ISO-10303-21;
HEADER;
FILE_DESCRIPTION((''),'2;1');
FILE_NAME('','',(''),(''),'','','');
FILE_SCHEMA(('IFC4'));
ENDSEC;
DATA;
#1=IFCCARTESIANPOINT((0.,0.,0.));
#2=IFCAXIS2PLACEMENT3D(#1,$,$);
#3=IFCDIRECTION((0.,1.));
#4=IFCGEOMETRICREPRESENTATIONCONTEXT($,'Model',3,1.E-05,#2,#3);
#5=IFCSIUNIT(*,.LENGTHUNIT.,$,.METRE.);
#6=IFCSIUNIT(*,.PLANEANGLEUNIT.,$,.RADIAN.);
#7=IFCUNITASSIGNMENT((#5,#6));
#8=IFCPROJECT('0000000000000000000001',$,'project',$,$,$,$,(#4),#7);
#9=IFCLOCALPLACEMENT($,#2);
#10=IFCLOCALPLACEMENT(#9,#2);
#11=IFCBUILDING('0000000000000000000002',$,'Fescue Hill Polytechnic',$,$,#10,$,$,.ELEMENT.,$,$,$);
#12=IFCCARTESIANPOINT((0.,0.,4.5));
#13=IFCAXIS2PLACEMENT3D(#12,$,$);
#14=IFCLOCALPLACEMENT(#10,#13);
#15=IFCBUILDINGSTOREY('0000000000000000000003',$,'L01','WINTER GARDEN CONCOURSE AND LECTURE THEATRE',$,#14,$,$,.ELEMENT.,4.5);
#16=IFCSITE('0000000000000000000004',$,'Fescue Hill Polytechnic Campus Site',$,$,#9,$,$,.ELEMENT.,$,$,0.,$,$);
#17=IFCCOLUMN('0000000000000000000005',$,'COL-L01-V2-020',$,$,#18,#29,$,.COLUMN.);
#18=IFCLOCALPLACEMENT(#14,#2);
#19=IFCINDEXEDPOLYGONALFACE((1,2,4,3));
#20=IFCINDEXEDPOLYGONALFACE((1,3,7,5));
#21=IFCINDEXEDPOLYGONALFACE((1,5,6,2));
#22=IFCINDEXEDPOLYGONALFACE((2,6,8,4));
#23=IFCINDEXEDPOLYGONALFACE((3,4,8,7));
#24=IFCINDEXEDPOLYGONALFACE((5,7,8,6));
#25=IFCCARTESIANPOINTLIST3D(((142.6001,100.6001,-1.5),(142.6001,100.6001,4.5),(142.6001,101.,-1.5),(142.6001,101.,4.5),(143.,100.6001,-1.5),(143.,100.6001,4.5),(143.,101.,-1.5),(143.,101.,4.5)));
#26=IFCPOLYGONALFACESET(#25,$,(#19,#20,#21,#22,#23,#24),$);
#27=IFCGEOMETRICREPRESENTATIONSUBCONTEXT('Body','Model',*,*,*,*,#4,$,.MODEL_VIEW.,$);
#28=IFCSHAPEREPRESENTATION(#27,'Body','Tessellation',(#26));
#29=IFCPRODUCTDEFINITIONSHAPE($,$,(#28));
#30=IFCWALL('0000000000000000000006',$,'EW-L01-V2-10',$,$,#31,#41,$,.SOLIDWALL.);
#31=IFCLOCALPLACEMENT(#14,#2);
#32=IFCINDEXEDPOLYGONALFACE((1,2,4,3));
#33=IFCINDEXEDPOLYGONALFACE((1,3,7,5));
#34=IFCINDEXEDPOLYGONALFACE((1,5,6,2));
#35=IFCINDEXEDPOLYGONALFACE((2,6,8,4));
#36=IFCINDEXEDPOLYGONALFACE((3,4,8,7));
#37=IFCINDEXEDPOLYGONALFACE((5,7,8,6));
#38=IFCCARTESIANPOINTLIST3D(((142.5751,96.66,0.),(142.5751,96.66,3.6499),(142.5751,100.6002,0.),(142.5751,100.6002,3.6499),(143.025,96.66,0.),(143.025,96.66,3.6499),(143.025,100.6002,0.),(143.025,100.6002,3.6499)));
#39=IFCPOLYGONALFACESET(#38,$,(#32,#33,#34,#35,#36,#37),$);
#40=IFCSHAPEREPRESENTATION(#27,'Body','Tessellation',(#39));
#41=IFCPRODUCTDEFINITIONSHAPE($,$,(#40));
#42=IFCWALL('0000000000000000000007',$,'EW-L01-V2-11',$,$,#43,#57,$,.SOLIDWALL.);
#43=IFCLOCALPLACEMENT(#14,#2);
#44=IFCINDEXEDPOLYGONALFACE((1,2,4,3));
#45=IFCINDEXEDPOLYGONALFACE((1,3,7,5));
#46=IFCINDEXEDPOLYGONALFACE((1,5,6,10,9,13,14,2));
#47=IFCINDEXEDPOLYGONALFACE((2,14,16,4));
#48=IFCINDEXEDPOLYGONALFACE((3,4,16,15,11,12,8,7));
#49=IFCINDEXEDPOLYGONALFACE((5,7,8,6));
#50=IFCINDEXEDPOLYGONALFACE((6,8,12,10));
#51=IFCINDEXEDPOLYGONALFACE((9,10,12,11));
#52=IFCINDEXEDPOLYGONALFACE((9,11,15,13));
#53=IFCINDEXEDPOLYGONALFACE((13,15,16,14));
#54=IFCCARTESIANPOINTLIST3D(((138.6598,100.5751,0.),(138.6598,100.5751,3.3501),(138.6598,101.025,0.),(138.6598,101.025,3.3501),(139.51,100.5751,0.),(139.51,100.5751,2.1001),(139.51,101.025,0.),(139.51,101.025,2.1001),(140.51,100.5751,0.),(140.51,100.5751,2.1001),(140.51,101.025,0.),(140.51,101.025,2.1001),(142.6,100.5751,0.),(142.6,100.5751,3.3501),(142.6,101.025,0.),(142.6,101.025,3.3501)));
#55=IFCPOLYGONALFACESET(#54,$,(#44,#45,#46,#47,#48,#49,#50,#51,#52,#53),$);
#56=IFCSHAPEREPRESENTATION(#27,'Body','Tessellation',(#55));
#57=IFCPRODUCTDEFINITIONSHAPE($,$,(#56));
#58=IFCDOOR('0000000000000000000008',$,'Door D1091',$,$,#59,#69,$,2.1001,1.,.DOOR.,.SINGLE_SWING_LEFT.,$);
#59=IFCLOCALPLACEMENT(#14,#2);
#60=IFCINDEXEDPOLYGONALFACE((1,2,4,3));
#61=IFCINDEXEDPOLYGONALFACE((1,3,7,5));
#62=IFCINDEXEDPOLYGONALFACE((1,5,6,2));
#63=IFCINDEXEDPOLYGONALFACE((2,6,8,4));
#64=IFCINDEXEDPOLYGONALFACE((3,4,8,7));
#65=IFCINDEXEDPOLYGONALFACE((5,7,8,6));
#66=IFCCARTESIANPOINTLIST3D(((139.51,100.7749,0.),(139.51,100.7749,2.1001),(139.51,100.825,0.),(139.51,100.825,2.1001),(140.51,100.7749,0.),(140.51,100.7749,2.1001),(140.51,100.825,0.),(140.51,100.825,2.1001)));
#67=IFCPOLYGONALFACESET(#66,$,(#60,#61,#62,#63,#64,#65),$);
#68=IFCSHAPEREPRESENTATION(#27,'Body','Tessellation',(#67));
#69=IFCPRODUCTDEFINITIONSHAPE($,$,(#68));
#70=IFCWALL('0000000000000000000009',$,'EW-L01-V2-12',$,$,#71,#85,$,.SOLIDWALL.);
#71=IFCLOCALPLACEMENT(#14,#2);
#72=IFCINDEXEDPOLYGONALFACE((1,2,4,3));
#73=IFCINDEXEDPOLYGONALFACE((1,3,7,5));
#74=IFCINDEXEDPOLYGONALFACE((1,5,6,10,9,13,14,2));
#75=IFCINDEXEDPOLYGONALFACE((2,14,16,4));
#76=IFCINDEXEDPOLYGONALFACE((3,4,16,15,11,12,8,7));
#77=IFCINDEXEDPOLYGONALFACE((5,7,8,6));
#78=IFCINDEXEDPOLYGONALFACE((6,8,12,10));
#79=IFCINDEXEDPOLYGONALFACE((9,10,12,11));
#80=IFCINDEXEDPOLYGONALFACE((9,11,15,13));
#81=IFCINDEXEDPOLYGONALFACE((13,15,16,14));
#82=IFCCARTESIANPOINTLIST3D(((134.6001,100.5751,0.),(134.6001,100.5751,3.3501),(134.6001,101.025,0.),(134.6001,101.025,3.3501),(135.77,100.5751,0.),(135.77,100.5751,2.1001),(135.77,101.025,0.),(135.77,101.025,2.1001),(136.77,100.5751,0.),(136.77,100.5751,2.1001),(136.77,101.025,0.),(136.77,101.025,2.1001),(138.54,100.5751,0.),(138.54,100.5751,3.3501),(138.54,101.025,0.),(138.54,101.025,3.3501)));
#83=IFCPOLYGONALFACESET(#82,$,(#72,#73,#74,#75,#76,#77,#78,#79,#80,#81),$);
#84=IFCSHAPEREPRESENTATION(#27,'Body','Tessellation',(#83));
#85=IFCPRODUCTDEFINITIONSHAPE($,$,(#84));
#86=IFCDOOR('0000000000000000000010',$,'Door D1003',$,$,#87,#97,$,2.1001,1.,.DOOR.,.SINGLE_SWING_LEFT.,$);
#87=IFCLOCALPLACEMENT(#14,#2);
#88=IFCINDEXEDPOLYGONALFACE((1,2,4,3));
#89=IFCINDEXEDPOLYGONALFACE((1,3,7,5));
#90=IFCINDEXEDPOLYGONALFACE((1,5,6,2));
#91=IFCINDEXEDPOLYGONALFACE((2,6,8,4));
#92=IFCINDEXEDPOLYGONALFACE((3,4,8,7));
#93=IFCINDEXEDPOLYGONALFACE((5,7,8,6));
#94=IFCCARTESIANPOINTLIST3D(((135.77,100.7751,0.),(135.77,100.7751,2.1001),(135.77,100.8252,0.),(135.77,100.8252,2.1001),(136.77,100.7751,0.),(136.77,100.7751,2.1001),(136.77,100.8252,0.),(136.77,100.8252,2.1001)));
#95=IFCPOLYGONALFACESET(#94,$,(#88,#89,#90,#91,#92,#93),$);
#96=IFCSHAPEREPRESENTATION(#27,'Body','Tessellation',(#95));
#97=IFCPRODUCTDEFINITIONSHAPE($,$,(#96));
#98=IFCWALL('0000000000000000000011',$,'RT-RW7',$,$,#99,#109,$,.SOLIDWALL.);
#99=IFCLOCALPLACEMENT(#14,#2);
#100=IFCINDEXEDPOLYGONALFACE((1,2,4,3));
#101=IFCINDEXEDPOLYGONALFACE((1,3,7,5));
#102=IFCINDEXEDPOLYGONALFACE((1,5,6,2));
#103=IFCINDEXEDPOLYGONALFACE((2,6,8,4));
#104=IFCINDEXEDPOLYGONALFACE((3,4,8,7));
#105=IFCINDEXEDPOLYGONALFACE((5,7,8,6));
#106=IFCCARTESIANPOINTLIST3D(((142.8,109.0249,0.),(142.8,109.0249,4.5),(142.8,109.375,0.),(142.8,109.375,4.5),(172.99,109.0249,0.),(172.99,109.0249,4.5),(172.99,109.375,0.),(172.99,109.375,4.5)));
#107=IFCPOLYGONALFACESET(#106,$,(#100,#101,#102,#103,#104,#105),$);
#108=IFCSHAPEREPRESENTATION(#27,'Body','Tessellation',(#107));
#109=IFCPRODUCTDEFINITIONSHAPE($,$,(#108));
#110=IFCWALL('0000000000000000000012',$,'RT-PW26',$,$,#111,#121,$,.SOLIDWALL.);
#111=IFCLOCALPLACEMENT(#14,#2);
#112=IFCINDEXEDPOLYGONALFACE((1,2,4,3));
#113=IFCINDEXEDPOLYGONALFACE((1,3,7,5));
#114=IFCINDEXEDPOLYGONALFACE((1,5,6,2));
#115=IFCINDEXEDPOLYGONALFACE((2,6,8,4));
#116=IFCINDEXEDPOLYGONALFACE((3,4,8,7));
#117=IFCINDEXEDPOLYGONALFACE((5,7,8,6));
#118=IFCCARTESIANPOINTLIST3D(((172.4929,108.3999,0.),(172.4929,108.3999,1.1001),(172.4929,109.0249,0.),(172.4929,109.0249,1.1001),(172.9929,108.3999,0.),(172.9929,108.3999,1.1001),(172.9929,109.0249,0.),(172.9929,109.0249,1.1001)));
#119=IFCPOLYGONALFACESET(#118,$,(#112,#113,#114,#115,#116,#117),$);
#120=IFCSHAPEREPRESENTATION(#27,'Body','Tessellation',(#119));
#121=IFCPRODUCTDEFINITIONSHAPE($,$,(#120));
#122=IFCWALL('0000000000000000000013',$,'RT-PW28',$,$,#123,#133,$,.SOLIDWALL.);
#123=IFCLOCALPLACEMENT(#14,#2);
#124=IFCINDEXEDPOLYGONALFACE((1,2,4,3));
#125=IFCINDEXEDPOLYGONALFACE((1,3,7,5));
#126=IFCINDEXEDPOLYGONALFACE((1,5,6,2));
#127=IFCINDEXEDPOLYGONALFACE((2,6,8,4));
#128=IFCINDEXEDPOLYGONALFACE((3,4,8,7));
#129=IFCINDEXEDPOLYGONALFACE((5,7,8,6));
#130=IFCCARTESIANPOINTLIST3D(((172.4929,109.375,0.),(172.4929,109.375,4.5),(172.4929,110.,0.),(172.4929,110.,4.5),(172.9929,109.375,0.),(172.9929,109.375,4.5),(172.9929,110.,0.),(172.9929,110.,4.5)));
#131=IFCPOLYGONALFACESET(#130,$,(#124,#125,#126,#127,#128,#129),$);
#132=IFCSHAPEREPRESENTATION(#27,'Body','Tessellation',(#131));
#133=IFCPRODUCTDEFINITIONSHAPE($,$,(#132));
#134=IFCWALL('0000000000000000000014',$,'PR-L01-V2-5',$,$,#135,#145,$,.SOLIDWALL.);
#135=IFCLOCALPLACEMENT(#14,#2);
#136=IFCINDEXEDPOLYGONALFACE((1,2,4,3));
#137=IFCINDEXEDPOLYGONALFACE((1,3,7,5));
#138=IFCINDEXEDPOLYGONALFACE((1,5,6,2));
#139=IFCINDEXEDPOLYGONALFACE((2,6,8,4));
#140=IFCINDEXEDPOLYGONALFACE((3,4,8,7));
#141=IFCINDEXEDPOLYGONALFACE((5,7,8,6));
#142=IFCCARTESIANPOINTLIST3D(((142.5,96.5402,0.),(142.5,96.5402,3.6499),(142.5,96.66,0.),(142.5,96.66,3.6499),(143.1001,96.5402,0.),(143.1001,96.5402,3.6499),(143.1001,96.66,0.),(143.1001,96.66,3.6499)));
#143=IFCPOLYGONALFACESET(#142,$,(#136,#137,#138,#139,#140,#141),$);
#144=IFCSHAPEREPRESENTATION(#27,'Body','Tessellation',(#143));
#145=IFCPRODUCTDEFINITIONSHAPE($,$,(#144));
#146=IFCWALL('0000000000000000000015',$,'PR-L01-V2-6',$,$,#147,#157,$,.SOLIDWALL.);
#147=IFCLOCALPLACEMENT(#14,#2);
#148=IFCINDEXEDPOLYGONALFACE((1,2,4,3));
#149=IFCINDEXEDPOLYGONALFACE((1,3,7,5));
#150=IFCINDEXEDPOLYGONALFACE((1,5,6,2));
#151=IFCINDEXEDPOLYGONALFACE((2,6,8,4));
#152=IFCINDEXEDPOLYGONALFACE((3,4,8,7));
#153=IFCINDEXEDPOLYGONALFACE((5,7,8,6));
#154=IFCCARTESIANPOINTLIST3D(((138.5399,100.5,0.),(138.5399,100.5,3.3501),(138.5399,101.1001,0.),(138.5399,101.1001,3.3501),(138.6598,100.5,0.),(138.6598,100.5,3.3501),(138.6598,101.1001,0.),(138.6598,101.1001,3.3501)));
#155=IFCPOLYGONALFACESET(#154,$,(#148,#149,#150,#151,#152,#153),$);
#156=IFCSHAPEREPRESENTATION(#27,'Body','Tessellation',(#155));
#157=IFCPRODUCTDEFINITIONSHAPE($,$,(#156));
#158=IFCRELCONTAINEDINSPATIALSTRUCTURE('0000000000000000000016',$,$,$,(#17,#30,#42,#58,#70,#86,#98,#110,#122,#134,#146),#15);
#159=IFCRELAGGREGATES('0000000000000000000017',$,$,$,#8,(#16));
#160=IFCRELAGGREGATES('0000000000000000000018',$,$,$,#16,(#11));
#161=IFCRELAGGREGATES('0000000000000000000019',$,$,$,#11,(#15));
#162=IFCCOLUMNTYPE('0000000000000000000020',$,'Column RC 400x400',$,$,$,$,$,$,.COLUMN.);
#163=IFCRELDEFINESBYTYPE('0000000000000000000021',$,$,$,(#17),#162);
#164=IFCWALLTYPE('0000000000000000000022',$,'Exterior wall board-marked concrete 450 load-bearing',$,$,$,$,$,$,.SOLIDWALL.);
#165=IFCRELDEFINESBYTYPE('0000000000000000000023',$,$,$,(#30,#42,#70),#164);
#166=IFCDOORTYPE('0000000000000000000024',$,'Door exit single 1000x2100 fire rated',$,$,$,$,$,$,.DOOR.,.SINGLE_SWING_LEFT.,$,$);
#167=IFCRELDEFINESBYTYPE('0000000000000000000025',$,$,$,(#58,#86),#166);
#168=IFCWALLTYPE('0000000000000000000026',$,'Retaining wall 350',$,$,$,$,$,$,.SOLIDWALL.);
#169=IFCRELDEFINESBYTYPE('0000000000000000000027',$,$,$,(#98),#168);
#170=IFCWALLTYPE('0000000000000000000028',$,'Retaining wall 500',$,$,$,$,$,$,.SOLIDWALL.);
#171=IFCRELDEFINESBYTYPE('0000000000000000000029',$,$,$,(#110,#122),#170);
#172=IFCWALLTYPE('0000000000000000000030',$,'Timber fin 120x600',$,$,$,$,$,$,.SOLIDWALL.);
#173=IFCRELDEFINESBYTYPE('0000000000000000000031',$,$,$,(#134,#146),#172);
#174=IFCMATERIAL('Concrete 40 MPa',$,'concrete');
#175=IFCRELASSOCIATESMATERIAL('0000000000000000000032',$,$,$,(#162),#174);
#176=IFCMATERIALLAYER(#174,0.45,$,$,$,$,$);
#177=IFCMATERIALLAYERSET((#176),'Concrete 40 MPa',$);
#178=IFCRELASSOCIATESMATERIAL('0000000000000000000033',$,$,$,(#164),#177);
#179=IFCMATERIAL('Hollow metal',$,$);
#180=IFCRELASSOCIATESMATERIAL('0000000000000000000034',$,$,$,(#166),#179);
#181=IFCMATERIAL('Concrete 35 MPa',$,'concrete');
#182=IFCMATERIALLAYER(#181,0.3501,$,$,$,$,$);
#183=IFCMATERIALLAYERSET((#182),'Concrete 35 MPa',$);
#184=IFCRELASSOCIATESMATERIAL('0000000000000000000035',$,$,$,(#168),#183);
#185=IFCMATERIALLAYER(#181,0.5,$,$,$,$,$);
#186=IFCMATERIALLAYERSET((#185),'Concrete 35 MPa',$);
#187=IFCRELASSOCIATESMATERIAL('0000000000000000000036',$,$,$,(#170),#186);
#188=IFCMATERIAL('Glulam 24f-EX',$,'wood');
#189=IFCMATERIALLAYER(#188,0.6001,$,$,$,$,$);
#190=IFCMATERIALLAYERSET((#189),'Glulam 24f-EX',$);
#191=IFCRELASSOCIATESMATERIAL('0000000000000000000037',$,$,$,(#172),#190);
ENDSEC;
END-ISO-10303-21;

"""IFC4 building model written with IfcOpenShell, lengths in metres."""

from ifc_helpers import new_model, si_unit, direction, frame, frame_2d, origin, origin_2d, place, context, subcontext, project, spatial, rectangle, extrude, material, layer, layer_set, material_profile, profile_set, type_object, element, fill, save


model = new_model("IFC4")

# Units and contexts
model_context = context("Model", 3, precision=1e-05, world=origin(), true_north=direction((0.0, 1.0)))
body_context = subcontext(model_context, "Body", "Model", "MODEL_VIEW")
ifc_project = project(units=[si_unit("LENGTHUNIT", "METRE"), si_unit("PLANEANGLEUNIT", "RADIAN")], contexts=[model_context])

# Site, building, storey
site_placement = place(None, origin())
site = spatial("IfcSite", under=ifc_project, at=site_placement, Name="Fescue Hill Polytechnic Campus Site", CompositionType="ELEMENT", RefElevation=0.0)
building_placement = place(site_placement, origin())
building = spatial("IfcBuilding", under=site, at=building_placement, Name="Fescue Hill Polytechnic", CompositionType="ELEMENT")
storey_placement = place(building_placement, frame((0.0, 0.0, 4.5)))
storey = spatial("IfcBuildingStorey", under=building, at=storey_placement, Name="L01", Description="WINTER GARDEN CONCOURSE AND LECTURE THEATRE", CompositionType="ELEMENT", Elevation=4.5)

# Column
ifc_material_1 = material(Name="Concrete 40 MPa", Category="concrete")
ifc_material_profile = material_profile(ifc_material_1, rectangle(XDim=0.3999, YDim=0.3999, at=origin_2d()), Name="RC 400x400")
ifc_profile_set = profile_set([ifc_material_profile], Name="Concrete 40 MPa")
column_type = type_object("IfcColumnType", Name="Column RC 400x400", PredefinedType="COLUMN", material=ifc_profile_set)
column_placement = place(storey_placement, frame((142.8, 100.8, -1.5), z_axis=(0.0, 0.0, 1.0), x_axis=(1.0, 0.0, 0.0)))
element("IfcColumn", 1, at=column_placement, inside=storey, type_object=column_type, Name="COL-L01-V2-020", PredefinedType="COLUMN", context=body_context, shape_type="SweptSolid", body=[
    extrude(rectangle(XDim=0.3999, YDim=0.3999, at=origin_2d()), origin(), (0.0, 0.0, 1.0), 6.0),
])

# Wall
ifc_layer_1 = layer(ifc_material_1, 0.45)
ifc_layer_set_1 = layer_set([ifc_layer_1], Name="Concrete 40 MPa")
wall_type_1 = type_object("IfcWallType", Name="Exterior wall board-marked concrete 450 load-bearing", PredefinedType="SOLIDWALL", material=ifc_layer_set_1)
wall_1_placement = place(storey_placement, frame((142.8, 96.6599, 0.0), z_axis=(0.0, 0.0, 1.0), x_axis=(0.0, 1.0, 0.0)))
element("IfcWall", 2, at=wall_1_placement, inside=storey, type_object=wall_type_1, Name="EW-L01-V2-10", PredefinedType="SOLIDWALL", context=body_context, shape_type="SweptSolid", body=[
    extrude(rectangle(XDim=3.9402, YDim=0.45, at=frame_2d((1.9702, 0.0))), origin(), (0.0, 0.0, 1.0), 3.6499),
])

# Walls, openings, doors
wall_2_placement = place(storey_placement, frame((142.6001, 100.8, 0.0), z_axis=(0.0, 0.0, 1.0), x_axis=(-1.0, 0.0, 0.0)))
wall_2 = element("IfcWall", 3, at=wall_2_placement, inside=storey, type_object=wall_type_1, Name="EW-L01-V2-11", PredefinedType="SOLIDWALL", context=body_context, shape_type="SweptSolid", body=[
    extrude(rectangle(XDim=3.9402, YDim=0.45, at=frame_2d((1.9702, 0.0))), origin(), (0.0, 0.0, 1.0), 3.3501),
])
opening_1_placement = place(wall_2_placement, frame((3.0901, 0.0, 0.0), z_axis=(0.0, 0.0, 1.0), x_axis=(-1.0, 0.0, 0.0)))
opening_1 = element("IfcOpeningElement", 4, at=opening_1_placement, cuts=wall_2, PredefinedType="OPENING", context=body_context, shape_type="SweptSolid", body=[
    extrude(rectangle(XDim=1.0, YDim=2.1001, at=frame_2d((0.5, 1.05))), frame((0.0, 0.2349, 0.0), z_axis=(0.0, -1.0, 0.0), x_axis=(1.0, 0.0, 0.0)), (0.0, 0.0, 1.0), 0.47),
])
ifc_material_2 = material(Name="Hollow metal")
door_type = type_object("IfcDoorType", Name="Door exit single 1000x2100 fire rated", OperationType="SINGLE_SWING_LEFT", PredefinedType="DOOR", material=ifc_material_2)
door_1_placement = place(opening_1_placement, origin())
door_1 = element("IfcDoor", 5, at=door_1_placement, inside=storey, type_object=door_type, Name="Door D1091", OperationType="SINGLE_SWING_LEFT", OverallHeight=2.1001, OverallWidth=1.0, PredefinedType="DOOR", context=body_context, shape_type="SweptSolid", body=[
    extrude(rectangle(XDim=1.0, YDim=2.1001, at=frame_2d((0.5, 1.05))), frame((0.0, 0.0249, 0.0), z_axis=(0.0, -1.0, 0.0), x_axis=(1.0, 0.0, 0.0)), (0.0, 0.0, 1.0), 0.05),
])
fill(opening_1, door_1)
wall_3_placement = place(storey_placement, frame((138.54, 100.8, 0.0), z_axis=(0.0, 0.0, 1.0), x_axis=(-1.0, 0.0, 0.0)))
wall_3 = element("IfcWall", 6, at=wall_3_placement, inside=storey, type_object=wall_type_1, Name="EW-L01-V2-12", PredefinedType="SOLIDWALL", context=body_context, shape_type="SweptSolid", body=[
    extrude(rectangle(XDim=3.9399, YDim=0.45, at=frame_2d((1.97, 0.0))), origin(), (0.0, 0.0, 1.0), 3.3501),
])
opening_2_placement = place(wall_3_placement, frame((1.77, 0.0, 0.0)))
opening_2 = element("IfcOpeningElement", 7, at=opening_2_placement, cuts=wall_3, PredefinedType="OPENING", context=body_context, shape_type="SweptSolid", body=[
    extrude(rectangle(XDim=1.0, YDim=2.1001, at=frame_2d((0.5, 1.05))), frame((0.0, 0.2349, 0.0), z_axis=(0.0, -1.0, 0.0), x_axis=(1.0, 0.0, 0.0)), (0.0, 0.0, 1.0), 0.47),
])
door_2_placement = place(opening_2_placement, origin())
door_2 = element("IfcDoor", 8, at=door_2_placement, inside=storey, type_object=door_type, Name="Door D1003", OperationType="SINGLE_SWING_LEFT", OverallHeight=2.1001, OverallWidth=1.0, PredefinedType="DOOR", context=body_context, shape_type="SweptSolid", body=[
    extrude(rectangle(XDim=1.0, YDim=2.1001, at=frame_2d((0.5, 1.05))), frame((0.0, 0.0249, 0.0), z_axis=(0.0, -1.0, 0.0), x_axis=(1.0, 0.0, 0.0)), (0.0, 0.0, 1.0), 0.05),
])
fill(opening_2, door_2)

# Walls
ifc_material_3 = material(Name="Concrete 35 MPa", Category="concrete")
ifc_layer_2 = layer(ifc_material_3, 0.3501)
ifc_layer_set_2 = layer_set([ifc_layer_2], Name="Concrete 35 MPa")
wall_type_2 = type_object("IfcWallType", Name="Retaining wall 350", PredefinedType="SOLIDWALL", material=ifc_layer_set_2)
wall_4_placement = place(storey_placement, frame((142.8, 109.2, 0.0), z_axis=(0.0, 0.0, 1.0), x_axis=(1.0, 0.0, 0.0)))
element("IfcWall", 9, at=wall_4_placement, inside=storey, type_object=wall_type_2, Name="RT-RW7", PredefinedType="SOLIDWALL", context=body_context, shape_type="SweptSolid", body=[
    extrude(rectangle(XDim=30.1899, YDim=0.3501, at=frame_2d((15.095, 0.0))), origin(), (0.0, 0.0, 1.0), 4.5),
])
ifc_layer_3 = layer(ifc_material_3, 0.5)
ifc_layer_set_3 = layer_set([ifc_layer_3], Name="Concrete 35 MPa")
wall_type_3 = type_object("IfcWallType", Name="Retaining wall 500", PredefinedType="SOLIDWALL", material=ifc_layer_set_3)
wall_5_placement = place(storey_placement, frame((172.7429, 108.3999, 0.0), z_axis=(0.0, 0.0, 1.0), x_axis=(0.0, 1.0, 0.0)))
element("IfcWall", 10, at=wall_5_placement, inside=storey, type_object=wall_type_3, Name="RT-PW26", PredefinedType="SOLIDWALL", context=body_context, shape_type="SweptSolid", body=[
    extrude(rectangle(XDim=0.625, YDim=0.5, at=frame_2d((0.3125, 0.0))), origin(), (0.0, 0.0, 1.0), 1.1001),
])
wall_6_placement = place(storey_placement, frame((172.7429, 109.375, 0.0), z_axis=(0.0, 0.0, 1.0), x_axis=(0.0, 1.0, 0.0)))
element("IfcWall", 11, at=wall_6_placement, inside=storey, type_object=wall_type_3, Name="RT-PW28", PredefinedType="SOLIDWALL", context=body_context, shape_type="SweptSolid", body=[
    extrude(rectangle(XDim=0.625, YDim=0.5, at=frame_2d((0.3125, 0.0))), origin(), (0.0, 0.0, 1.0), 4.5),
])
ifc_material_4 = material(Name="Glulam 24f-EX", Category="wood")
ifc_layer_4 = layer(ifc_material_4, 0.6001)
ifc_layer_set_4 = layer_set([ifc_layer_4], Name="Glulam 24f-EX")
wall_type_4 = type_object("IfcWallType", Name="Timber fin 120x600", PredefinedType="SOLIDWALL", material=ifc_layer_set_4)
wall_7_placement = place(storey_placement, frame((142.8, 96.54, 0.0), z_axis=(0.0, 0.0, 1.0), x_axis=(0.0, 1.0, 0.0)))
element("IfcWall", 12, at=wall_7_placement, inside=storey, type_object=wall_type_4, Name="PR-L01-V2-5", PredefinedType="SOLIDWALL", context=body_context, shape_type="SweptSolid", body=[
    extrude(rectangle(XDim=0.1199, YDim=0.6001, at=frame_2d((0.0601, 0.0))), origin(), (0.0, 0.0, 1.0), 3.6499),
])
wall_8_placement = place(storey_placement, frame((138.6599, 100.8, 0.0), z_axis=(0.0, 0.0, 1.0), x_axis=(-1.0, 0.0, 0.0)))
element("IfcWall", 13, at=wall_8_placement, inside=storey, type_object=wall_type_4, Name="PR-L01-V2-6", PredefinedType="SOLIDWALL", context=body_context, shape_type="SweptSolid", body=[
    extrude(rectangle(XDim=0.1199, YDim=0.6001, at=frame_2d((0.0601, 0.0))), origin(), (0.0, 0.0, 1.0), 3.3501),
])

save(model, "model.ifc")
